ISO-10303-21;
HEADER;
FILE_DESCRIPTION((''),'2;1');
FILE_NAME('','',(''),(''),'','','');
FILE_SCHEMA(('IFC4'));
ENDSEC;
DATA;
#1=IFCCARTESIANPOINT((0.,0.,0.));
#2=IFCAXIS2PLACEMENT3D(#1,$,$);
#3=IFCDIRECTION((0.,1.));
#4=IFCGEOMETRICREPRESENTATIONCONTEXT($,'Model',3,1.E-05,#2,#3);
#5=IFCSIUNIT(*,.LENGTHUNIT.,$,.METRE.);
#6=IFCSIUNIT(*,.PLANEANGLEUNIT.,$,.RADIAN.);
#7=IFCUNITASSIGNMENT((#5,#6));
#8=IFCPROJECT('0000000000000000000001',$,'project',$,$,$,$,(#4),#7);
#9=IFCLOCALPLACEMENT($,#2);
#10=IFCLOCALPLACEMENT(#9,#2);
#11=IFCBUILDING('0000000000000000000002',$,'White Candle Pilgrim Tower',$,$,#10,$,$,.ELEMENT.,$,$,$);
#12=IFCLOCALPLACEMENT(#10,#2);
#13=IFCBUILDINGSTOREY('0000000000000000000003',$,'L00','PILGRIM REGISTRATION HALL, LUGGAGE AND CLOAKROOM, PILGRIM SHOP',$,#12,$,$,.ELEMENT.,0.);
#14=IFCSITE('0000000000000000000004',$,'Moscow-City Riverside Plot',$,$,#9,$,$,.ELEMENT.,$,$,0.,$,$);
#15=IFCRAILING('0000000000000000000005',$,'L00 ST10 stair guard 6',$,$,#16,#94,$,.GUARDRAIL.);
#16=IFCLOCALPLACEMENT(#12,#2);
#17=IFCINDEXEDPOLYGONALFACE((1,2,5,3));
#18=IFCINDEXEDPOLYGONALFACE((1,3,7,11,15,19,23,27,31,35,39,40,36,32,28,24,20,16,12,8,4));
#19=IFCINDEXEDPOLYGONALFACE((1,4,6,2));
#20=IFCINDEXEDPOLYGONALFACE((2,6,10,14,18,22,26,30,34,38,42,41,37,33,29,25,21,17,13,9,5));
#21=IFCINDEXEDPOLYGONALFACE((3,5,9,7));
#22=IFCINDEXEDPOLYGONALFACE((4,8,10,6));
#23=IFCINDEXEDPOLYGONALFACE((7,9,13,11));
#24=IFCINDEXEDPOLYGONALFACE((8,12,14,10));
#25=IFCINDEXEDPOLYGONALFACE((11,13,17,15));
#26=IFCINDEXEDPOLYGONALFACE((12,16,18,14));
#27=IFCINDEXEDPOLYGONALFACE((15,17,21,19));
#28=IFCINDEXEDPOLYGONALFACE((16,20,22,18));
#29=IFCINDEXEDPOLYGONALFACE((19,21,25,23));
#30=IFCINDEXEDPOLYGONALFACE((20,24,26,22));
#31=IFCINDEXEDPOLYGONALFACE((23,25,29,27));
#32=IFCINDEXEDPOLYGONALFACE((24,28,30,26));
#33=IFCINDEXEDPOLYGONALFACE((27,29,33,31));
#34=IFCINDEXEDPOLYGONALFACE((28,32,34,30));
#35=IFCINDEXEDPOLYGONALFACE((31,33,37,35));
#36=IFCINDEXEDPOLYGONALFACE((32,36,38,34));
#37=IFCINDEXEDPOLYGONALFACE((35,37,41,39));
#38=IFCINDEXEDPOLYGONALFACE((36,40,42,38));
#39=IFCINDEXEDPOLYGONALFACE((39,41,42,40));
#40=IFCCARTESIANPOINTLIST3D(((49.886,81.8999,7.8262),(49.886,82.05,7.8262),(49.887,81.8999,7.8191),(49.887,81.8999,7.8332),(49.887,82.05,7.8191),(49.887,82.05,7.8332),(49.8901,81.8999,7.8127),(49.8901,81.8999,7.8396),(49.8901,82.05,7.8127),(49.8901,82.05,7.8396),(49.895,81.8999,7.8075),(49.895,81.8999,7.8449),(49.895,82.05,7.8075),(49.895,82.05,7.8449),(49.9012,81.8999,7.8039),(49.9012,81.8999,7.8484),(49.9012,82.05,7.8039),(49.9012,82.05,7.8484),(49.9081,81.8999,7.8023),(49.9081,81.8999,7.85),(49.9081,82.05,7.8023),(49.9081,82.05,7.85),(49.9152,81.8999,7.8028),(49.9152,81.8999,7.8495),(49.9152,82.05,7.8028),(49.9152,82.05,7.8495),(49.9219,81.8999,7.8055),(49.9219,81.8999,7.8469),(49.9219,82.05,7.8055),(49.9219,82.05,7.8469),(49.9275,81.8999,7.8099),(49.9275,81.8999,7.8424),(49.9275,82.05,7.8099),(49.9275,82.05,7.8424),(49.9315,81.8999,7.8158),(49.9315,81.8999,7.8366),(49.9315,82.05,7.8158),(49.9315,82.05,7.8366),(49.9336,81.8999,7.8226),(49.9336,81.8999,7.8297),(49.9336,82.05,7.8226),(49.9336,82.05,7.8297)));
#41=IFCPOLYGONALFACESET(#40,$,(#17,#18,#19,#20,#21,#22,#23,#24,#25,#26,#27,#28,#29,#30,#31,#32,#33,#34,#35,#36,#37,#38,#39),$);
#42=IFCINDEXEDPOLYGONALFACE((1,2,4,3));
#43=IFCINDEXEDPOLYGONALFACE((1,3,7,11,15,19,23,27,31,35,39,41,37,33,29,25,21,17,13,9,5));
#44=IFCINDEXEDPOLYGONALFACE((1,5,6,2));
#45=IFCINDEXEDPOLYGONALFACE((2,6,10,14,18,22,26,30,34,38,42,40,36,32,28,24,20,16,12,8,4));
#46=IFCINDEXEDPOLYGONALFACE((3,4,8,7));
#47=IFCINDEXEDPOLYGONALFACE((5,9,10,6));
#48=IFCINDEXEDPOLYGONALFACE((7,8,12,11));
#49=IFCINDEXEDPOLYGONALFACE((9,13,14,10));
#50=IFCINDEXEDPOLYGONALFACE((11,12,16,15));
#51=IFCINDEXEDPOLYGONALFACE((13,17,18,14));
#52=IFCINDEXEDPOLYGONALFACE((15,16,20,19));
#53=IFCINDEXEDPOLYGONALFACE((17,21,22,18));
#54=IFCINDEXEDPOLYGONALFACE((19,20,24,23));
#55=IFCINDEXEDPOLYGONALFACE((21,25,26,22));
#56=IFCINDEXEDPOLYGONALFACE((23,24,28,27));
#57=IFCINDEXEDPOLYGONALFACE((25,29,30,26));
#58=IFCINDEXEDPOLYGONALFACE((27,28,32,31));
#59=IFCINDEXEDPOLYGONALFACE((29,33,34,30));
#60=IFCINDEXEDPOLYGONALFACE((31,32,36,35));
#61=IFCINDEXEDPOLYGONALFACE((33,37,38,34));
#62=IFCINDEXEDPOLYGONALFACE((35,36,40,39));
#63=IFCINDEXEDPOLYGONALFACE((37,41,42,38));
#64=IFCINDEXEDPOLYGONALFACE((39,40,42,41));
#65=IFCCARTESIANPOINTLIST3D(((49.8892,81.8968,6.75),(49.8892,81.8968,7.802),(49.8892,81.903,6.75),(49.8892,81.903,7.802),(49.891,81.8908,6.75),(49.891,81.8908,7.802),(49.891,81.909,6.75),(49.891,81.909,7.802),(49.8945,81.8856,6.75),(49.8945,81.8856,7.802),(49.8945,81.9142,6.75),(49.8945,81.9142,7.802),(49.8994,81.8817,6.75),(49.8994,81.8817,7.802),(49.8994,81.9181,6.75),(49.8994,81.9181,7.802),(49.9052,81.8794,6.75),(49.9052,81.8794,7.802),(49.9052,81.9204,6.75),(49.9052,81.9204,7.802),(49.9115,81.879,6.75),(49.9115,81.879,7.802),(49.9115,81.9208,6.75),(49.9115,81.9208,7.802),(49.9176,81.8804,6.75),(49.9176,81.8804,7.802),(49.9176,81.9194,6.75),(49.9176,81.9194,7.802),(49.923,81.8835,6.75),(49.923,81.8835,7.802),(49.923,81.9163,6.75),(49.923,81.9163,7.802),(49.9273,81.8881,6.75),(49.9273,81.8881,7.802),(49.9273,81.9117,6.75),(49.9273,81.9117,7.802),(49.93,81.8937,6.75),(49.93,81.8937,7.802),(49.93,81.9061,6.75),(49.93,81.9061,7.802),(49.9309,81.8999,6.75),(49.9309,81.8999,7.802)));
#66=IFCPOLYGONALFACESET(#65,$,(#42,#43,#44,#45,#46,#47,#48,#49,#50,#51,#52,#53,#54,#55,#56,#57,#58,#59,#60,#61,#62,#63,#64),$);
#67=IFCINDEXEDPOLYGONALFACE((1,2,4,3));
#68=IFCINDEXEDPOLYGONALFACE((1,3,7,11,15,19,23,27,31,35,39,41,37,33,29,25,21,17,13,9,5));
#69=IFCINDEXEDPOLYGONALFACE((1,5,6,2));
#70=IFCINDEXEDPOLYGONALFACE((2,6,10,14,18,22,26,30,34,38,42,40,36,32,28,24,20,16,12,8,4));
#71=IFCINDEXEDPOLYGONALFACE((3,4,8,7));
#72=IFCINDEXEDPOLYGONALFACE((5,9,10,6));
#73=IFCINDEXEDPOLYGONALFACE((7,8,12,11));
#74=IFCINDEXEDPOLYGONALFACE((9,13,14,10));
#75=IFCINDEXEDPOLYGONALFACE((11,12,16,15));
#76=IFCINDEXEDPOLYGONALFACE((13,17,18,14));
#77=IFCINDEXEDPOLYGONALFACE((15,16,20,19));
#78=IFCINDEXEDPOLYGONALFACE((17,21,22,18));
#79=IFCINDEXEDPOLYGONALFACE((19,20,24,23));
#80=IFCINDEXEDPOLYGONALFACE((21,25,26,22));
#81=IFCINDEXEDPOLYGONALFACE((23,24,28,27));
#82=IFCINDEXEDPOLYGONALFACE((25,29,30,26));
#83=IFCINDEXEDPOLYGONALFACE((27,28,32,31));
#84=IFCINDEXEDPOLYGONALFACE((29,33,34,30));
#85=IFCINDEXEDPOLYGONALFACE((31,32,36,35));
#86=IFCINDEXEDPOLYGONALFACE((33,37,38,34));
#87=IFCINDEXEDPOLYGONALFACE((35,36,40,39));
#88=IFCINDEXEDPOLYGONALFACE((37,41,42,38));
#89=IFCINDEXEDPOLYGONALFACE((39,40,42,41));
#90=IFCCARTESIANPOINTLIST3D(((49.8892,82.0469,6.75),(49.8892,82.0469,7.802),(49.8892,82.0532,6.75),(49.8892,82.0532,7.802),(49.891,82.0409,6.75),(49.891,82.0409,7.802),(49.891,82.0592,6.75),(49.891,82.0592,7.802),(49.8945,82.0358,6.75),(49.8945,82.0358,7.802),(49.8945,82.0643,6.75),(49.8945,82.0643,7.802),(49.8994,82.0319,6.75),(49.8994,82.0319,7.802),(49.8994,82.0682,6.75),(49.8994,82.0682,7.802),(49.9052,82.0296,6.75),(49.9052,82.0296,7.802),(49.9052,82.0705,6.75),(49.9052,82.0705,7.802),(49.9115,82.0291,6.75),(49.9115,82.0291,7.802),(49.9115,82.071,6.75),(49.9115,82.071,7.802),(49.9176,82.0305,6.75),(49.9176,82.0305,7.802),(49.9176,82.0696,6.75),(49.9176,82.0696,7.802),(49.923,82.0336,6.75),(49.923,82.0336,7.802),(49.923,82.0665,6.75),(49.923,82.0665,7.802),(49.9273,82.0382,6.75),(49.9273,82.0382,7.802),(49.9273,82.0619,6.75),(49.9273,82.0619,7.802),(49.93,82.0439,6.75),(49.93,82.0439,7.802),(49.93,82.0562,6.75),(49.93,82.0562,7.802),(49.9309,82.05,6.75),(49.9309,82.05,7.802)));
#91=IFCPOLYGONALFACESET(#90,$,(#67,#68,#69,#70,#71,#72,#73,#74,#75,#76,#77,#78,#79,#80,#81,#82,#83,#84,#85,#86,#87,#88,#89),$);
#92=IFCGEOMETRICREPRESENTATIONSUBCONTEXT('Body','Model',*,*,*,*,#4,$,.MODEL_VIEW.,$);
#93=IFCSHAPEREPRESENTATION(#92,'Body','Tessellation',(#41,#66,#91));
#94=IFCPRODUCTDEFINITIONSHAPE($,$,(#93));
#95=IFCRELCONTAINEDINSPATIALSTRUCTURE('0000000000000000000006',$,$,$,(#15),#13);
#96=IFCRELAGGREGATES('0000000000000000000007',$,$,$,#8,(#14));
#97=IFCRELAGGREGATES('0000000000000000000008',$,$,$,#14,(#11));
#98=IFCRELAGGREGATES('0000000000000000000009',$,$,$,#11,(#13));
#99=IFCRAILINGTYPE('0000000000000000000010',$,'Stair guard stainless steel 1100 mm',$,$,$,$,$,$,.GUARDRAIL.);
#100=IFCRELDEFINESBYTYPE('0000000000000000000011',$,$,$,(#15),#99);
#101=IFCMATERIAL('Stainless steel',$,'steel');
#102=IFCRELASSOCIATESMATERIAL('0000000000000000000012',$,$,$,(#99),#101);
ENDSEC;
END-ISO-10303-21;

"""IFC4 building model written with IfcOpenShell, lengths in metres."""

from ifc_helpers import new_model, si_unit, direction, frame, origin, origin_2d, place, context, subcontext, project, spatial, circle, extrude, material, type_object, element, save


model = new_model("IFC4")

# Units and contexts
model_context = context("Model", 3, precision=1e-05, world=origin(), true_north=direction((0.0, 1.0)))
body_context = subcontext(model_context, "Body", "Model", "MODEL_VIEW")
ifc_project = project(units=[si_unit("LENGTHUNIT", "METRE"), si_unit("PLANEANGLEUNIT", "RADIAN")], contexts=[model_context])

# Site, building, storey
site_placement = place(None, origin())
site = spatial("IfcSite", under=ifc_project, at=site_placement, Name="Moscow-City Riverside Plot", CompositionType="ELEMENT", RefElevation=0.0)
building_placement = place(site_placement, origin())
building = spatial("IfcBuilding", under=site, at=building_placement, Name="White Candle Pilgrim Tower", CompositionType="ELEMENT")
storey_placement = place(building_placement, origin())
storey = spatial("IfcBuildingStorey", under=building, at=storey_placement, Name="L00", Description="PILGRIM REGISTRATION HALL, LUGGAGE AND CLOAKROOM, PILGRIM SHOP", CompositionType="ELEMENT", Elevation=0.0)

# Railing
ifc_material_1 = material(Name="Stainless steel", Category="steel")
railing_type_1 = type_object("IfcRailingType", Name="Stair guard stainless steel 1100 mm", PredefinedType="GUARDRAIL", material=ifc_material_1)
for number, where, name in (
    (1, (49.9099, 81.8999, 6.75), "L00 ST10 stair guard 6"),
):
    element("IfcRailing", number, at=place(storey_placement, frame(where)), inside=storey, type_object=railing_type_1, Name=name, PredefinedType="GUARDRAIL", context=body_context, shape_type="SweptSolid", body=[
        extrude(circle(Radius=0.0239, at=origin_2d()), frame((0.0, 0.0, 1.0762), z_axis=(0.0, 1.0, 0.0), x_axis=(-1.0, 0.0, 0.0)), (0.0, 0.0, 1.0), 0.1501),
        extrude(circle(Radius=0.021, at=origin_2d()), origin(), (0.0, 0.0, 1.0), 1.052),
        extrude(circle(Radius=0.021, at=origin_2d()), frame((0.0, 0.1501, 0.0)), (0.0, 0.0, 1.0), 1.052),
    ])

save(model, "model.ifc")
